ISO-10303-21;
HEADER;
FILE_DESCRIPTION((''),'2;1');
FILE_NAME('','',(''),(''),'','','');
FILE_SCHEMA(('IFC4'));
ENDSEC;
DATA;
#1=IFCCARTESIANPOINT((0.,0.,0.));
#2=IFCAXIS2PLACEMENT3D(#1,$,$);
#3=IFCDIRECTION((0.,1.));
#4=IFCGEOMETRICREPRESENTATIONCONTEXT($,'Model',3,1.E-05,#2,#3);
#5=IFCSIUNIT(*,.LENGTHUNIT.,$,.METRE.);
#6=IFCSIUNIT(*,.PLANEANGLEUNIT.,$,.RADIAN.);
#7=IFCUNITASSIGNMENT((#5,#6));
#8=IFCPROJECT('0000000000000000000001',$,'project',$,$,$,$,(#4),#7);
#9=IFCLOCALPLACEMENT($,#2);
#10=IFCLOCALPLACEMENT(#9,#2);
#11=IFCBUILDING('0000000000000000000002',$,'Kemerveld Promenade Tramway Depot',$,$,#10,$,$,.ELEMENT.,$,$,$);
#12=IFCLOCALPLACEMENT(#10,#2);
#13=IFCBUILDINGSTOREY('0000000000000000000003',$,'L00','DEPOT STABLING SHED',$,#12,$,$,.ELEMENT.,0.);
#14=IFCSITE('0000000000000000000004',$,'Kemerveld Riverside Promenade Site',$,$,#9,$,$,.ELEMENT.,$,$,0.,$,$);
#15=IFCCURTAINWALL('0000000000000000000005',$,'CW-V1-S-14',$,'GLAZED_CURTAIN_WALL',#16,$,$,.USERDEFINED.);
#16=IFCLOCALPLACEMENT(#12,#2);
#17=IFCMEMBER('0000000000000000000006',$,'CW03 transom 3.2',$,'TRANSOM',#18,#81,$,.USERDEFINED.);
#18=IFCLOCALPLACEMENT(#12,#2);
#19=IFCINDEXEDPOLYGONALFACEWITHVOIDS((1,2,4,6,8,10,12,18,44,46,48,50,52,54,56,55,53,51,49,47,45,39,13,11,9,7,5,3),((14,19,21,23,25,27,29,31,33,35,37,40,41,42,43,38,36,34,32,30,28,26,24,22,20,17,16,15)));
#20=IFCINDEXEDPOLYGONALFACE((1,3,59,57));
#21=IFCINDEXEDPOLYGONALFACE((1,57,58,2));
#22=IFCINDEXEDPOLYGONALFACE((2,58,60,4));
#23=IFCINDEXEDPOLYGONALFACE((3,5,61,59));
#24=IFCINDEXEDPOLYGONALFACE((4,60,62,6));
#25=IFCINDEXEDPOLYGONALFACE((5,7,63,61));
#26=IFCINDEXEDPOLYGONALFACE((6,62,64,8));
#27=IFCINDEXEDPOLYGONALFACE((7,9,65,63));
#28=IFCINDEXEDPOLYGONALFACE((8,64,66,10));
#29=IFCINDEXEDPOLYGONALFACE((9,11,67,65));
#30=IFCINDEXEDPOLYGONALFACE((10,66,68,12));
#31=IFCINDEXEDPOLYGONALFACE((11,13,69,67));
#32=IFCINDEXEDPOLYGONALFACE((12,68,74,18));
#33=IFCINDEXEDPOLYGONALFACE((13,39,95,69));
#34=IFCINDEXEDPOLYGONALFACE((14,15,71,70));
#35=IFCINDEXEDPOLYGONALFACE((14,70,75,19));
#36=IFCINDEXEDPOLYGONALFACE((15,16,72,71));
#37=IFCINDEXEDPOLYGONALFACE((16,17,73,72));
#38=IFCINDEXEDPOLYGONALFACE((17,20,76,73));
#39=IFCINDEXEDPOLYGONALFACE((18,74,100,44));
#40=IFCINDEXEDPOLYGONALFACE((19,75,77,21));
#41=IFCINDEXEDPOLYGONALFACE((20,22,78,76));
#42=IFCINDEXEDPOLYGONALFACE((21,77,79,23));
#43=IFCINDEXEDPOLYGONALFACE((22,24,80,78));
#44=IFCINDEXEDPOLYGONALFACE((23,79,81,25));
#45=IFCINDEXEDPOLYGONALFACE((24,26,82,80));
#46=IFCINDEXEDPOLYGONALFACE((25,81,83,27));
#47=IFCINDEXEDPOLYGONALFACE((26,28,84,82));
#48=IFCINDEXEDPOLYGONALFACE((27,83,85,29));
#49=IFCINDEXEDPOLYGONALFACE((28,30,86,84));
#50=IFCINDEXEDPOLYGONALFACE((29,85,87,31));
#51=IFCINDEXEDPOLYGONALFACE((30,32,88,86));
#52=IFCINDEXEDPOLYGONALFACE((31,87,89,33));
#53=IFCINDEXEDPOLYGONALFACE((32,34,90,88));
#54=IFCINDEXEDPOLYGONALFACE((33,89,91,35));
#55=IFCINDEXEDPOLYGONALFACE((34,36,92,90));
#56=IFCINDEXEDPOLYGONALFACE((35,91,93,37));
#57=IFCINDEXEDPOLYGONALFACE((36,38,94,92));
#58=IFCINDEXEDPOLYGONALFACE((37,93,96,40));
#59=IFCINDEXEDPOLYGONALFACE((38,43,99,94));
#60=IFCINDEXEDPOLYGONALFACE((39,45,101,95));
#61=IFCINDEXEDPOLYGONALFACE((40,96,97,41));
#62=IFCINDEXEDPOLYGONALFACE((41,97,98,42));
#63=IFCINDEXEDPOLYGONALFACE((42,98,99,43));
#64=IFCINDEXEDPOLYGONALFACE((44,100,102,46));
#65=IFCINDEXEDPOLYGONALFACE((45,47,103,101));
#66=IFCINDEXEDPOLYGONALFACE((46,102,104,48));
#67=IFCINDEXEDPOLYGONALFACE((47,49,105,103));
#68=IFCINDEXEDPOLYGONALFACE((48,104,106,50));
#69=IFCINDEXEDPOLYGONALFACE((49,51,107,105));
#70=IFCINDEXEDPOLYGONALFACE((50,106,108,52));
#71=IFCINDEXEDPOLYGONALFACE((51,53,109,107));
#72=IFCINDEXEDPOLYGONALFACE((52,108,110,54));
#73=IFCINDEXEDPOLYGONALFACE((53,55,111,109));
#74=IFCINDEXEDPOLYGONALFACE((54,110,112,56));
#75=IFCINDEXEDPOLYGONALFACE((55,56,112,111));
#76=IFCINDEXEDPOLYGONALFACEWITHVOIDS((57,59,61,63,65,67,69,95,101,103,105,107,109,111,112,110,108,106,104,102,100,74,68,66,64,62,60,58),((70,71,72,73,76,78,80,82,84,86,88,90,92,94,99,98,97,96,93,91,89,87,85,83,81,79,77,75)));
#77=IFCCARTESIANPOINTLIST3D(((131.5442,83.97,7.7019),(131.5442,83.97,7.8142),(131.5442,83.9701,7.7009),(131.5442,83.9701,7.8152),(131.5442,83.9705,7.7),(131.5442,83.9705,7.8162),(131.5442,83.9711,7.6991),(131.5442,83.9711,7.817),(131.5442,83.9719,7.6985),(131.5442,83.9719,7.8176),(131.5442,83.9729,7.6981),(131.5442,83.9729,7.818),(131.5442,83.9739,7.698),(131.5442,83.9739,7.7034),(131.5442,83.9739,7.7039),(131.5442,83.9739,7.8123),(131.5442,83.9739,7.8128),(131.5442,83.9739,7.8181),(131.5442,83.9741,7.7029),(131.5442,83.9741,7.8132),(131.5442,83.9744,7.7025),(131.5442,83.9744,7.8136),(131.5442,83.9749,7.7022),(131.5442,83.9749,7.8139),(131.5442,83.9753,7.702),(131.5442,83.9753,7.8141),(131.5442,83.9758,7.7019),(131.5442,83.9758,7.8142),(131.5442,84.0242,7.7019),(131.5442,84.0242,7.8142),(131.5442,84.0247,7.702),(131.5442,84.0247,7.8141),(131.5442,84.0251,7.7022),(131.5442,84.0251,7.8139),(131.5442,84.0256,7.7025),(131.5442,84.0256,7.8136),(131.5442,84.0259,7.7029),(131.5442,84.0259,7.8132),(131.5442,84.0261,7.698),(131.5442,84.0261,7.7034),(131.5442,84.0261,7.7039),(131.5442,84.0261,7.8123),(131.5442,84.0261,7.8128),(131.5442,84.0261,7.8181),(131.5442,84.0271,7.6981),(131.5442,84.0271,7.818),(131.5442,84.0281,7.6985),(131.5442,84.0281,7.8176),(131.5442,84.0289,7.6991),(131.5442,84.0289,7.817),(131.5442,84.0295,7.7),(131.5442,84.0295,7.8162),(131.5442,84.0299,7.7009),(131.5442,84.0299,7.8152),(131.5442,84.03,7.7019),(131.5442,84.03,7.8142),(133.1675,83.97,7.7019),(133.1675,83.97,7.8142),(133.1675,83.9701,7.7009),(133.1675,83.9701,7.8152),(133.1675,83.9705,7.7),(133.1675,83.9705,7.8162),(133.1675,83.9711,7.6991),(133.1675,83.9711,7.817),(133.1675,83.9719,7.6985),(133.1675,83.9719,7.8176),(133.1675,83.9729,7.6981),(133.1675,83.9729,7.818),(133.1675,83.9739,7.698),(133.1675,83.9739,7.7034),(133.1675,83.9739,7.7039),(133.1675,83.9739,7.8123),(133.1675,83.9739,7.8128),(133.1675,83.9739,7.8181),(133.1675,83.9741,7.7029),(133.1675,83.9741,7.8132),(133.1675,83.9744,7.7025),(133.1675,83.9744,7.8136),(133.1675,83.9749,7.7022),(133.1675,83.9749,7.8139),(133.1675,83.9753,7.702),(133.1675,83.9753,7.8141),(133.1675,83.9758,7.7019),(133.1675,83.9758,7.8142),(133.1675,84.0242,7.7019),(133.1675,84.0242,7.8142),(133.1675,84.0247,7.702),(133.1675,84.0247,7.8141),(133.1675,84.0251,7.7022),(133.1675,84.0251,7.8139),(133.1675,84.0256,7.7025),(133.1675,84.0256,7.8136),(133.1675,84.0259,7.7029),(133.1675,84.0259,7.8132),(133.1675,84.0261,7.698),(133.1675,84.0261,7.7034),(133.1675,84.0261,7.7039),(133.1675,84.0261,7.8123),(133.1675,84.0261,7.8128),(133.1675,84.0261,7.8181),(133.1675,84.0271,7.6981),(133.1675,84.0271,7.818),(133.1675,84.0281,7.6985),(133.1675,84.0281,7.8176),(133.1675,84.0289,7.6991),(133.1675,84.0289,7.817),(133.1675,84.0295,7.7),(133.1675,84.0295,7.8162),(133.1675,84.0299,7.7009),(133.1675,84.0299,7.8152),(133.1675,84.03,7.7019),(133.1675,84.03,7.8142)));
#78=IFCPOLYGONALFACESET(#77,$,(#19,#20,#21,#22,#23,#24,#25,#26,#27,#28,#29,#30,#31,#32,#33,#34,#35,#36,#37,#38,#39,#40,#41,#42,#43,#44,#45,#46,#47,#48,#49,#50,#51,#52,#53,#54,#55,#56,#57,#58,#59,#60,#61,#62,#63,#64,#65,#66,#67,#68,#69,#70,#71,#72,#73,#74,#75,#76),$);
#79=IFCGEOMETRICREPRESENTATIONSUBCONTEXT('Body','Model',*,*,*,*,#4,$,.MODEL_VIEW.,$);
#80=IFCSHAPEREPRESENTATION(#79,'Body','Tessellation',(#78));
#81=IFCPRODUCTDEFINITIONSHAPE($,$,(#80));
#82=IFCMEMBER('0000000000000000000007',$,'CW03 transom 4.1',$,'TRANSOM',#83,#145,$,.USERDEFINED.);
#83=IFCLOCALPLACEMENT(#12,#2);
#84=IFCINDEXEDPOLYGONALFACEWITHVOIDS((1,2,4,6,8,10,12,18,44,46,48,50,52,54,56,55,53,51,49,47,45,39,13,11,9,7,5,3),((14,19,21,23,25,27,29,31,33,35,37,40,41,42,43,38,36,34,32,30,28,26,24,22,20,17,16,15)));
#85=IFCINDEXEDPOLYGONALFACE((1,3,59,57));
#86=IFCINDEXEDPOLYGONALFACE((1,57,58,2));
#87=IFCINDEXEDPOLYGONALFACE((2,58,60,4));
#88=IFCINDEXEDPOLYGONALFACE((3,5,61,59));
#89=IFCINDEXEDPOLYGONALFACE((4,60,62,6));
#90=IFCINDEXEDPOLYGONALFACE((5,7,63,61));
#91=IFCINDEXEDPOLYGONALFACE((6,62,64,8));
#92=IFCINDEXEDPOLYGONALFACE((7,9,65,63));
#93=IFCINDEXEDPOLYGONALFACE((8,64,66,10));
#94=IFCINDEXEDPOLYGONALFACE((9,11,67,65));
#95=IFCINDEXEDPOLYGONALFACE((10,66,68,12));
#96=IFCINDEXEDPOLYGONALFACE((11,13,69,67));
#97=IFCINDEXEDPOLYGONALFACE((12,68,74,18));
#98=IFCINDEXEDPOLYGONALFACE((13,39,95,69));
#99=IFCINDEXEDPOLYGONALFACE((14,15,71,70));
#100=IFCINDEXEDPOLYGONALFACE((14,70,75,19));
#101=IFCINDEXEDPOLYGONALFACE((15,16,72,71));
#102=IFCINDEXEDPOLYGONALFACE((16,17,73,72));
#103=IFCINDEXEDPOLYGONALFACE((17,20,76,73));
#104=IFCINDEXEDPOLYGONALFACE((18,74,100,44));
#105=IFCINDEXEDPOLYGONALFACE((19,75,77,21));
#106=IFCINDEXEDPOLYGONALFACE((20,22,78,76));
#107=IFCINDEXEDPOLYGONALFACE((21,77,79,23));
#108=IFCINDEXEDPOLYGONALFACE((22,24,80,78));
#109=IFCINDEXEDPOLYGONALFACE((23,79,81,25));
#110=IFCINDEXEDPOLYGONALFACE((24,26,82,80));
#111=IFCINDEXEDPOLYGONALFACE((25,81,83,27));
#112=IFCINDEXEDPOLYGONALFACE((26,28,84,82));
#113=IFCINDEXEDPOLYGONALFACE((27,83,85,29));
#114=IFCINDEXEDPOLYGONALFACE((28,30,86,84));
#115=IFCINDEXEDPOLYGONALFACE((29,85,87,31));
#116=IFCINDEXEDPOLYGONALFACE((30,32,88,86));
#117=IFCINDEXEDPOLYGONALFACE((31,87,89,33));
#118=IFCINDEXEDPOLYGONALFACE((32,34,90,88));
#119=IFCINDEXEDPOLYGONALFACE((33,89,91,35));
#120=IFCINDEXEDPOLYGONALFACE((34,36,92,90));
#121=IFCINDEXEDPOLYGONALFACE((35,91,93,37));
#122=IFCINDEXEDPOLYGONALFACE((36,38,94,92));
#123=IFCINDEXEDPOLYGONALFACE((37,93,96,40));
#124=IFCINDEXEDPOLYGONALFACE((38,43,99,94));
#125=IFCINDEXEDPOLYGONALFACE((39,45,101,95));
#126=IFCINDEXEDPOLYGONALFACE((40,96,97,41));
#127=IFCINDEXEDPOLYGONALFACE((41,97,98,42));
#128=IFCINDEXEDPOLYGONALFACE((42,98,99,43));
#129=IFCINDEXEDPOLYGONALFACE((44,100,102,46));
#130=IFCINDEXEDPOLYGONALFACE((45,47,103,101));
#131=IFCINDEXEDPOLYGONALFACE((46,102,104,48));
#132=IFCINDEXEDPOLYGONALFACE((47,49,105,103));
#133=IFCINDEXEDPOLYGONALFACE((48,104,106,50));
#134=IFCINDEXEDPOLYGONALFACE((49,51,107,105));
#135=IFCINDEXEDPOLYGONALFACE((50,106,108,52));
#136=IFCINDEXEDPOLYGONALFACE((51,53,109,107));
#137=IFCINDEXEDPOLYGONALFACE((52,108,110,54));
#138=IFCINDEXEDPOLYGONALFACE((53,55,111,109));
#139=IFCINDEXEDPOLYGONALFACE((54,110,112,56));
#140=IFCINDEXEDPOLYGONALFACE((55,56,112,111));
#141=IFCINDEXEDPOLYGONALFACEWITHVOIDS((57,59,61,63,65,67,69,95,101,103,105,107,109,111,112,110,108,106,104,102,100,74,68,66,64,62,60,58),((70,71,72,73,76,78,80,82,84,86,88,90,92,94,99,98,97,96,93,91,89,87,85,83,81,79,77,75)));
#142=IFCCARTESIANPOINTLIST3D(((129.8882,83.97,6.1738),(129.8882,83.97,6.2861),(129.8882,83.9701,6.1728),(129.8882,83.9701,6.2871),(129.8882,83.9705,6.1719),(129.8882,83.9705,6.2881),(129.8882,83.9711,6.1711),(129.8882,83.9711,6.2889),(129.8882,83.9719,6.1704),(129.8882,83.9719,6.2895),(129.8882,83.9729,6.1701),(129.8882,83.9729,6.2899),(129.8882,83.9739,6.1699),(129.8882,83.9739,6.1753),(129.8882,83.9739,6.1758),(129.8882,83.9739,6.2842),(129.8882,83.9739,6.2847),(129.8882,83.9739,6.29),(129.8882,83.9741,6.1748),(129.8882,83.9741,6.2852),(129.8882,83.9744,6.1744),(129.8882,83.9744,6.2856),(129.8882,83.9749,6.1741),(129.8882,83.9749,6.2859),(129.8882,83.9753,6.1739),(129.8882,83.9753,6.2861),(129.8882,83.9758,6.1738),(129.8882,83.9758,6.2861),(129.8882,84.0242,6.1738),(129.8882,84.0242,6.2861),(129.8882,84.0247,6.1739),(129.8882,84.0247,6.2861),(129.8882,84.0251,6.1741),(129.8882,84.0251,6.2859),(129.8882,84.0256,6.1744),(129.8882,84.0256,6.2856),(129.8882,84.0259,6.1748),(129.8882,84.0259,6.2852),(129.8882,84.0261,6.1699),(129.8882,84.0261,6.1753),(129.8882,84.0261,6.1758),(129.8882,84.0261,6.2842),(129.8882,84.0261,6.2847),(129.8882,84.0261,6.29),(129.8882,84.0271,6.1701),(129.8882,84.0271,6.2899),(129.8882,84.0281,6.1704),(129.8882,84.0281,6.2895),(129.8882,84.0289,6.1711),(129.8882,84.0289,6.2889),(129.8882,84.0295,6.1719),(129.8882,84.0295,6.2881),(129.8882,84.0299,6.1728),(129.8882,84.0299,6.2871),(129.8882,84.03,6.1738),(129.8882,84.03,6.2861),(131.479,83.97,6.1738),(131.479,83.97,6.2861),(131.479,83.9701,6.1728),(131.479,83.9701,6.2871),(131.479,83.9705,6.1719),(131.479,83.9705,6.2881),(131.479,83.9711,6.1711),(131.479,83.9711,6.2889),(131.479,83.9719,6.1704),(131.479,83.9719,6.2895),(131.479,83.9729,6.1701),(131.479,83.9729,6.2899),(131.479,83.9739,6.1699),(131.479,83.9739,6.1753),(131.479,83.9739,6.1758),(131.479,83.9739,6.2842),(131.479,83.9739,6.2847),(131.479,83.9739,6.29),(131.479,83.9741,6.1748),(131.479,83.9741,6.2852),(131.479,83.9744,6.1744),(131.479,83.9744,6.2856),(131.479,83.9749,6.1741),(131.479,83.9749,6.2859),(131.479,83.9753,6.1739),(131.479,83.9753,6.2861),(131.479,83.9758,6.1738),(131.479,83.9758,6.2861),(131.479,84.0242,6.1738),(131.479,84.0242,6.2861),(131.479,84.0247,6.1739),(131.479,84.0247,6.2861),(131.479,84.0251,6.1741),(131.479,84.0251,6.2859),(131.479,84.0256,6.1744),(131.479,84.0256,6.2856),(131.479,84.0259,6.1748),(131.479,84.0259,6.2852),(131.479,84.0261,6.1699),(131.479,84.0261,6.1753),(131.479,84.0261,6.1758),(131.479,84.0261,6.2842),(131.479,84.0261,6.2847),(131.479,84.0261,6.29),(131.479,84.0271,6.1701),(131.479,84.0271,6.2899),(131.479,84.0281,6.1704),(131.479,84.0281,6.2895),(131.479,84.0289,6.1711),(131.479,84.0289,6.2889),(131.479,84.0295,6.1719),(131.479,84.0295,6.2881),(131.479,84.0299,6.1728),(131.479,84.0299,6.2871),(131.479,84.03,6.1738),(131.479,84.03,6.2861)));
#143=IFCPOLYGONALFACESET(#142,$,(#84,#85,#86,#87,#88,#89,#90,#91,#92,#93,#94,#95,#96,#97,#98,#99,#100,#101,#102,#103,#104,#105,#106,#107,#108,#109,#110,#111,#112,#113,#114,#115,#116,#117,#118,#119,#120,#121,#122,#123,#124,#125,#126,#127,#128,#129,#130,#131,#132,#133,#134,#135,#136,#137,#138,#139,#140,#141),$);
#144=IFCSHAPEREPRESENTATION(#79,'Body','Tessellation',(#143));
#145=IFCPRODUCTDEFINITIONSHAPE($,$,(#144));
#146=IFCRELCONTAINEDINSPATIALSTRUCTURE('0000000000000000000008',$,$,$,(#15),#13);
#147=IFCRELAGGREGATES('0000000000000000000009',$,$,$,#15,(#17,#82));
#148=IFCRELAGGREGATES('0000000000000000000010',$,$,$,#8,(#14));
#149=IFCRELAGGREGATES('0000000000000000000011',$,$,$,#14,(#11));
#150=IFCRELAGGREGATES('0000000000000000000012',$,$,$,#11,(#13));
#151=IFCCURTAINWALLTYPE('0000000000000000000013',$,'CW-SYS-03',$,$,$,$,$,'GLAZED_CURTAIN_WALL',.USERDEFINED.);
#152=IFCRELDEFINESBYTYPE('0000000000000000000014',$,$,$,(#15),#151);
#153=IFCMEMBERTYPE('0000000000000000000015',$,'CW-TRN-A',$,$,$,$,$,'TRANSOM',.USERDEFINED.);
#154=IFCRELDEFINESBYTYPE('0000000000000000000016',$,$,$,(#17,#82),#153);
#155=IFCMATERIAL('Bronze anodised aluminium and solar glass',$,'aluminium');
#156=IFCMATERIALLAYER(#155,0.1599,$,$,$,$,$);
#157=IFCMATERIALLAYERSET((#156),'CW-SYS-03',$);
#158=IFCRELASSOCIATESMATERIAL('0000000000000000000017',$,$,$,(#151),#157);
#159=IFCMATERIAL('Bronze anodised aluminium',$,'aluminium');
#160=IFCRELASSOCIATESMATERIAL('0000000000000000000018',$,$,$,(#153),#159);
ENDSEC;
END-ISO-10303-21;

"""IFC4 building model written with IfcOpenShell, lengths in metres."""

from ifc_helpers import new_model, si_unit, direction, frame, origin, origin_2d, place, context, subcontext, project, spatial, hollow_rectangle, extrude, material, layer, layer_set, material_profile, profile_set, type_object, element, aggregate, save


model = new_model("IFC4")

# Units and contexts
model_context = context("Model", 3, precision=1e-05, world=origin(), true_north=direction((0.0, 1.0)))
body_context = subcontext(model_context, "Body", "Model", "MODEL_VIEW")
ifc_project = project(units=[si_unit("LENGTHUNIT", "METRE"), si_unit("PLANEANGLEUNIT", "RADIAN")], contexts=[model_context])

# Site, building, storey
site_placement = place(None, origin())
site = spatial("IfcSite", under=ifc_project, at=site_placement, Name="Kemerveld Riverside Promenade Site", CompositionType="ELEMENT", RefElevation=0.0)
building_placement = place(site_placement, origin())
building = spatial("IfcBuilding", under=site, at=building_placement, Name="Kemerveld Promenade Tramway Depot", CompositionType="ELEMENT")
storey_placement = place(building_placement, origin())
storey = spatial("IfcBuildingStorey", under=building, at=storey_placement, Name="L00", Description="DEPOT STABLING SHED", CompositionType="ELEMENT", Elevation=0.0)

# Curtain wall
ifc_material_1 = material(Name="Bronze anodised aluminium and solar glass", Category="aluminium")
ifc_layer_1 = layer(ifc_material_1, 0.1599)
ifc_layer_set_1 = layer_set([ifc_layer_1], Name="CW-SYS-03")
curtain_wall_type_1 = type_object("IfcCurtainWallType", Name="CW-SYS-03", ElementType="GLAZED_CURTAIN_WALL", PredefinedType="USERDEFINED", material=ifc_layer_set_1)
curtain_wall_1_placement = place(storey_placement, origin())
curtain_wall_1 = element("IfcCurtainWall", 1, at=curtain_wall_1_placement, inside=storey, type_object=curtain_wall_type_1, Name="CW-V1-S-14", ObjectType="GLAZED_CURTAIN_WALL", PredefinedType="USERDEFINED")
ifc_material_2 = material(Name="Bronze anodised aluminium", Category="aluminium")

# Members
ifc_material_profile_1 = material_profile(ifc_material_2, hollow_rectangle(XDim=0.0601, YDim=0.1201, WallThickness=0.0039, InnerFilletRadius=0.002, OuterFilletRadius=0.0039, at=origin_2d()), Name="CW-TRN-120x60")
ifc_profile_set_1 = profile_set([ifc_material_profile_1], Name="Bronze anodised aluminium")
member_type_1 = type_object("IfcMemberType", Name="CW-TRN-A", ElementType="TRANSOM", PredefinedType="USERDEFINED", material=ifc_profile_set_1)
member_1_placement = place(storey_placement, frame((133.1675, 84.0, 7.7581), z_axis=(-1.0, 0.0, 0.0), x_axis=(0.0, -1.0, 0.0)))
member_1 = element("IfcMember", 2, at=member_1_placement, type_object=member_type_1, Name="CW03 transom 3.2", ObjectType="TRANSOM", PredefinedType="USERDEFINED", context=body_context, shape_type="SweptSolid", body=[
    extrude(hollow_rectangle(XDim=0.0601, YDim=0.1201, WallThickness=0.0039, InnerFilletRadius=0.002, OuterFilletRadius=0.0039, at=origin_2d()), origin(), (0.0, 0.0, 1.0), 1.6233),
])
member_2_placement = place(storey_placement, frame((131.479, 84.0, 6.23), z_axis=(-1.0, 0.0, 0.0), x_axis=(0.0, -1.0, 0.0)))
member_2 = element("IfcMember", 3, at=member_2_placement, type_object=member_type_1, Name="CW03 transom 4.1", ObjectType="TRANSOM", PredefinedType="USERDEFINED", context=body_context, shape_type="SweptSolid", body=[
    extrude(hollow_rectangle(XDim=0.0601, YDim=0.1201, WallThickness=0.0039, InnerFilletRadius=0.002, OuterFilletRadius=0.0039, at=origin_2d()), origin(), (0.0, 0.0, 1.0), 1.5908),
])

aggregate(curtain_wall_1, [member_1, member_2])

save(model, "model.ifc")
